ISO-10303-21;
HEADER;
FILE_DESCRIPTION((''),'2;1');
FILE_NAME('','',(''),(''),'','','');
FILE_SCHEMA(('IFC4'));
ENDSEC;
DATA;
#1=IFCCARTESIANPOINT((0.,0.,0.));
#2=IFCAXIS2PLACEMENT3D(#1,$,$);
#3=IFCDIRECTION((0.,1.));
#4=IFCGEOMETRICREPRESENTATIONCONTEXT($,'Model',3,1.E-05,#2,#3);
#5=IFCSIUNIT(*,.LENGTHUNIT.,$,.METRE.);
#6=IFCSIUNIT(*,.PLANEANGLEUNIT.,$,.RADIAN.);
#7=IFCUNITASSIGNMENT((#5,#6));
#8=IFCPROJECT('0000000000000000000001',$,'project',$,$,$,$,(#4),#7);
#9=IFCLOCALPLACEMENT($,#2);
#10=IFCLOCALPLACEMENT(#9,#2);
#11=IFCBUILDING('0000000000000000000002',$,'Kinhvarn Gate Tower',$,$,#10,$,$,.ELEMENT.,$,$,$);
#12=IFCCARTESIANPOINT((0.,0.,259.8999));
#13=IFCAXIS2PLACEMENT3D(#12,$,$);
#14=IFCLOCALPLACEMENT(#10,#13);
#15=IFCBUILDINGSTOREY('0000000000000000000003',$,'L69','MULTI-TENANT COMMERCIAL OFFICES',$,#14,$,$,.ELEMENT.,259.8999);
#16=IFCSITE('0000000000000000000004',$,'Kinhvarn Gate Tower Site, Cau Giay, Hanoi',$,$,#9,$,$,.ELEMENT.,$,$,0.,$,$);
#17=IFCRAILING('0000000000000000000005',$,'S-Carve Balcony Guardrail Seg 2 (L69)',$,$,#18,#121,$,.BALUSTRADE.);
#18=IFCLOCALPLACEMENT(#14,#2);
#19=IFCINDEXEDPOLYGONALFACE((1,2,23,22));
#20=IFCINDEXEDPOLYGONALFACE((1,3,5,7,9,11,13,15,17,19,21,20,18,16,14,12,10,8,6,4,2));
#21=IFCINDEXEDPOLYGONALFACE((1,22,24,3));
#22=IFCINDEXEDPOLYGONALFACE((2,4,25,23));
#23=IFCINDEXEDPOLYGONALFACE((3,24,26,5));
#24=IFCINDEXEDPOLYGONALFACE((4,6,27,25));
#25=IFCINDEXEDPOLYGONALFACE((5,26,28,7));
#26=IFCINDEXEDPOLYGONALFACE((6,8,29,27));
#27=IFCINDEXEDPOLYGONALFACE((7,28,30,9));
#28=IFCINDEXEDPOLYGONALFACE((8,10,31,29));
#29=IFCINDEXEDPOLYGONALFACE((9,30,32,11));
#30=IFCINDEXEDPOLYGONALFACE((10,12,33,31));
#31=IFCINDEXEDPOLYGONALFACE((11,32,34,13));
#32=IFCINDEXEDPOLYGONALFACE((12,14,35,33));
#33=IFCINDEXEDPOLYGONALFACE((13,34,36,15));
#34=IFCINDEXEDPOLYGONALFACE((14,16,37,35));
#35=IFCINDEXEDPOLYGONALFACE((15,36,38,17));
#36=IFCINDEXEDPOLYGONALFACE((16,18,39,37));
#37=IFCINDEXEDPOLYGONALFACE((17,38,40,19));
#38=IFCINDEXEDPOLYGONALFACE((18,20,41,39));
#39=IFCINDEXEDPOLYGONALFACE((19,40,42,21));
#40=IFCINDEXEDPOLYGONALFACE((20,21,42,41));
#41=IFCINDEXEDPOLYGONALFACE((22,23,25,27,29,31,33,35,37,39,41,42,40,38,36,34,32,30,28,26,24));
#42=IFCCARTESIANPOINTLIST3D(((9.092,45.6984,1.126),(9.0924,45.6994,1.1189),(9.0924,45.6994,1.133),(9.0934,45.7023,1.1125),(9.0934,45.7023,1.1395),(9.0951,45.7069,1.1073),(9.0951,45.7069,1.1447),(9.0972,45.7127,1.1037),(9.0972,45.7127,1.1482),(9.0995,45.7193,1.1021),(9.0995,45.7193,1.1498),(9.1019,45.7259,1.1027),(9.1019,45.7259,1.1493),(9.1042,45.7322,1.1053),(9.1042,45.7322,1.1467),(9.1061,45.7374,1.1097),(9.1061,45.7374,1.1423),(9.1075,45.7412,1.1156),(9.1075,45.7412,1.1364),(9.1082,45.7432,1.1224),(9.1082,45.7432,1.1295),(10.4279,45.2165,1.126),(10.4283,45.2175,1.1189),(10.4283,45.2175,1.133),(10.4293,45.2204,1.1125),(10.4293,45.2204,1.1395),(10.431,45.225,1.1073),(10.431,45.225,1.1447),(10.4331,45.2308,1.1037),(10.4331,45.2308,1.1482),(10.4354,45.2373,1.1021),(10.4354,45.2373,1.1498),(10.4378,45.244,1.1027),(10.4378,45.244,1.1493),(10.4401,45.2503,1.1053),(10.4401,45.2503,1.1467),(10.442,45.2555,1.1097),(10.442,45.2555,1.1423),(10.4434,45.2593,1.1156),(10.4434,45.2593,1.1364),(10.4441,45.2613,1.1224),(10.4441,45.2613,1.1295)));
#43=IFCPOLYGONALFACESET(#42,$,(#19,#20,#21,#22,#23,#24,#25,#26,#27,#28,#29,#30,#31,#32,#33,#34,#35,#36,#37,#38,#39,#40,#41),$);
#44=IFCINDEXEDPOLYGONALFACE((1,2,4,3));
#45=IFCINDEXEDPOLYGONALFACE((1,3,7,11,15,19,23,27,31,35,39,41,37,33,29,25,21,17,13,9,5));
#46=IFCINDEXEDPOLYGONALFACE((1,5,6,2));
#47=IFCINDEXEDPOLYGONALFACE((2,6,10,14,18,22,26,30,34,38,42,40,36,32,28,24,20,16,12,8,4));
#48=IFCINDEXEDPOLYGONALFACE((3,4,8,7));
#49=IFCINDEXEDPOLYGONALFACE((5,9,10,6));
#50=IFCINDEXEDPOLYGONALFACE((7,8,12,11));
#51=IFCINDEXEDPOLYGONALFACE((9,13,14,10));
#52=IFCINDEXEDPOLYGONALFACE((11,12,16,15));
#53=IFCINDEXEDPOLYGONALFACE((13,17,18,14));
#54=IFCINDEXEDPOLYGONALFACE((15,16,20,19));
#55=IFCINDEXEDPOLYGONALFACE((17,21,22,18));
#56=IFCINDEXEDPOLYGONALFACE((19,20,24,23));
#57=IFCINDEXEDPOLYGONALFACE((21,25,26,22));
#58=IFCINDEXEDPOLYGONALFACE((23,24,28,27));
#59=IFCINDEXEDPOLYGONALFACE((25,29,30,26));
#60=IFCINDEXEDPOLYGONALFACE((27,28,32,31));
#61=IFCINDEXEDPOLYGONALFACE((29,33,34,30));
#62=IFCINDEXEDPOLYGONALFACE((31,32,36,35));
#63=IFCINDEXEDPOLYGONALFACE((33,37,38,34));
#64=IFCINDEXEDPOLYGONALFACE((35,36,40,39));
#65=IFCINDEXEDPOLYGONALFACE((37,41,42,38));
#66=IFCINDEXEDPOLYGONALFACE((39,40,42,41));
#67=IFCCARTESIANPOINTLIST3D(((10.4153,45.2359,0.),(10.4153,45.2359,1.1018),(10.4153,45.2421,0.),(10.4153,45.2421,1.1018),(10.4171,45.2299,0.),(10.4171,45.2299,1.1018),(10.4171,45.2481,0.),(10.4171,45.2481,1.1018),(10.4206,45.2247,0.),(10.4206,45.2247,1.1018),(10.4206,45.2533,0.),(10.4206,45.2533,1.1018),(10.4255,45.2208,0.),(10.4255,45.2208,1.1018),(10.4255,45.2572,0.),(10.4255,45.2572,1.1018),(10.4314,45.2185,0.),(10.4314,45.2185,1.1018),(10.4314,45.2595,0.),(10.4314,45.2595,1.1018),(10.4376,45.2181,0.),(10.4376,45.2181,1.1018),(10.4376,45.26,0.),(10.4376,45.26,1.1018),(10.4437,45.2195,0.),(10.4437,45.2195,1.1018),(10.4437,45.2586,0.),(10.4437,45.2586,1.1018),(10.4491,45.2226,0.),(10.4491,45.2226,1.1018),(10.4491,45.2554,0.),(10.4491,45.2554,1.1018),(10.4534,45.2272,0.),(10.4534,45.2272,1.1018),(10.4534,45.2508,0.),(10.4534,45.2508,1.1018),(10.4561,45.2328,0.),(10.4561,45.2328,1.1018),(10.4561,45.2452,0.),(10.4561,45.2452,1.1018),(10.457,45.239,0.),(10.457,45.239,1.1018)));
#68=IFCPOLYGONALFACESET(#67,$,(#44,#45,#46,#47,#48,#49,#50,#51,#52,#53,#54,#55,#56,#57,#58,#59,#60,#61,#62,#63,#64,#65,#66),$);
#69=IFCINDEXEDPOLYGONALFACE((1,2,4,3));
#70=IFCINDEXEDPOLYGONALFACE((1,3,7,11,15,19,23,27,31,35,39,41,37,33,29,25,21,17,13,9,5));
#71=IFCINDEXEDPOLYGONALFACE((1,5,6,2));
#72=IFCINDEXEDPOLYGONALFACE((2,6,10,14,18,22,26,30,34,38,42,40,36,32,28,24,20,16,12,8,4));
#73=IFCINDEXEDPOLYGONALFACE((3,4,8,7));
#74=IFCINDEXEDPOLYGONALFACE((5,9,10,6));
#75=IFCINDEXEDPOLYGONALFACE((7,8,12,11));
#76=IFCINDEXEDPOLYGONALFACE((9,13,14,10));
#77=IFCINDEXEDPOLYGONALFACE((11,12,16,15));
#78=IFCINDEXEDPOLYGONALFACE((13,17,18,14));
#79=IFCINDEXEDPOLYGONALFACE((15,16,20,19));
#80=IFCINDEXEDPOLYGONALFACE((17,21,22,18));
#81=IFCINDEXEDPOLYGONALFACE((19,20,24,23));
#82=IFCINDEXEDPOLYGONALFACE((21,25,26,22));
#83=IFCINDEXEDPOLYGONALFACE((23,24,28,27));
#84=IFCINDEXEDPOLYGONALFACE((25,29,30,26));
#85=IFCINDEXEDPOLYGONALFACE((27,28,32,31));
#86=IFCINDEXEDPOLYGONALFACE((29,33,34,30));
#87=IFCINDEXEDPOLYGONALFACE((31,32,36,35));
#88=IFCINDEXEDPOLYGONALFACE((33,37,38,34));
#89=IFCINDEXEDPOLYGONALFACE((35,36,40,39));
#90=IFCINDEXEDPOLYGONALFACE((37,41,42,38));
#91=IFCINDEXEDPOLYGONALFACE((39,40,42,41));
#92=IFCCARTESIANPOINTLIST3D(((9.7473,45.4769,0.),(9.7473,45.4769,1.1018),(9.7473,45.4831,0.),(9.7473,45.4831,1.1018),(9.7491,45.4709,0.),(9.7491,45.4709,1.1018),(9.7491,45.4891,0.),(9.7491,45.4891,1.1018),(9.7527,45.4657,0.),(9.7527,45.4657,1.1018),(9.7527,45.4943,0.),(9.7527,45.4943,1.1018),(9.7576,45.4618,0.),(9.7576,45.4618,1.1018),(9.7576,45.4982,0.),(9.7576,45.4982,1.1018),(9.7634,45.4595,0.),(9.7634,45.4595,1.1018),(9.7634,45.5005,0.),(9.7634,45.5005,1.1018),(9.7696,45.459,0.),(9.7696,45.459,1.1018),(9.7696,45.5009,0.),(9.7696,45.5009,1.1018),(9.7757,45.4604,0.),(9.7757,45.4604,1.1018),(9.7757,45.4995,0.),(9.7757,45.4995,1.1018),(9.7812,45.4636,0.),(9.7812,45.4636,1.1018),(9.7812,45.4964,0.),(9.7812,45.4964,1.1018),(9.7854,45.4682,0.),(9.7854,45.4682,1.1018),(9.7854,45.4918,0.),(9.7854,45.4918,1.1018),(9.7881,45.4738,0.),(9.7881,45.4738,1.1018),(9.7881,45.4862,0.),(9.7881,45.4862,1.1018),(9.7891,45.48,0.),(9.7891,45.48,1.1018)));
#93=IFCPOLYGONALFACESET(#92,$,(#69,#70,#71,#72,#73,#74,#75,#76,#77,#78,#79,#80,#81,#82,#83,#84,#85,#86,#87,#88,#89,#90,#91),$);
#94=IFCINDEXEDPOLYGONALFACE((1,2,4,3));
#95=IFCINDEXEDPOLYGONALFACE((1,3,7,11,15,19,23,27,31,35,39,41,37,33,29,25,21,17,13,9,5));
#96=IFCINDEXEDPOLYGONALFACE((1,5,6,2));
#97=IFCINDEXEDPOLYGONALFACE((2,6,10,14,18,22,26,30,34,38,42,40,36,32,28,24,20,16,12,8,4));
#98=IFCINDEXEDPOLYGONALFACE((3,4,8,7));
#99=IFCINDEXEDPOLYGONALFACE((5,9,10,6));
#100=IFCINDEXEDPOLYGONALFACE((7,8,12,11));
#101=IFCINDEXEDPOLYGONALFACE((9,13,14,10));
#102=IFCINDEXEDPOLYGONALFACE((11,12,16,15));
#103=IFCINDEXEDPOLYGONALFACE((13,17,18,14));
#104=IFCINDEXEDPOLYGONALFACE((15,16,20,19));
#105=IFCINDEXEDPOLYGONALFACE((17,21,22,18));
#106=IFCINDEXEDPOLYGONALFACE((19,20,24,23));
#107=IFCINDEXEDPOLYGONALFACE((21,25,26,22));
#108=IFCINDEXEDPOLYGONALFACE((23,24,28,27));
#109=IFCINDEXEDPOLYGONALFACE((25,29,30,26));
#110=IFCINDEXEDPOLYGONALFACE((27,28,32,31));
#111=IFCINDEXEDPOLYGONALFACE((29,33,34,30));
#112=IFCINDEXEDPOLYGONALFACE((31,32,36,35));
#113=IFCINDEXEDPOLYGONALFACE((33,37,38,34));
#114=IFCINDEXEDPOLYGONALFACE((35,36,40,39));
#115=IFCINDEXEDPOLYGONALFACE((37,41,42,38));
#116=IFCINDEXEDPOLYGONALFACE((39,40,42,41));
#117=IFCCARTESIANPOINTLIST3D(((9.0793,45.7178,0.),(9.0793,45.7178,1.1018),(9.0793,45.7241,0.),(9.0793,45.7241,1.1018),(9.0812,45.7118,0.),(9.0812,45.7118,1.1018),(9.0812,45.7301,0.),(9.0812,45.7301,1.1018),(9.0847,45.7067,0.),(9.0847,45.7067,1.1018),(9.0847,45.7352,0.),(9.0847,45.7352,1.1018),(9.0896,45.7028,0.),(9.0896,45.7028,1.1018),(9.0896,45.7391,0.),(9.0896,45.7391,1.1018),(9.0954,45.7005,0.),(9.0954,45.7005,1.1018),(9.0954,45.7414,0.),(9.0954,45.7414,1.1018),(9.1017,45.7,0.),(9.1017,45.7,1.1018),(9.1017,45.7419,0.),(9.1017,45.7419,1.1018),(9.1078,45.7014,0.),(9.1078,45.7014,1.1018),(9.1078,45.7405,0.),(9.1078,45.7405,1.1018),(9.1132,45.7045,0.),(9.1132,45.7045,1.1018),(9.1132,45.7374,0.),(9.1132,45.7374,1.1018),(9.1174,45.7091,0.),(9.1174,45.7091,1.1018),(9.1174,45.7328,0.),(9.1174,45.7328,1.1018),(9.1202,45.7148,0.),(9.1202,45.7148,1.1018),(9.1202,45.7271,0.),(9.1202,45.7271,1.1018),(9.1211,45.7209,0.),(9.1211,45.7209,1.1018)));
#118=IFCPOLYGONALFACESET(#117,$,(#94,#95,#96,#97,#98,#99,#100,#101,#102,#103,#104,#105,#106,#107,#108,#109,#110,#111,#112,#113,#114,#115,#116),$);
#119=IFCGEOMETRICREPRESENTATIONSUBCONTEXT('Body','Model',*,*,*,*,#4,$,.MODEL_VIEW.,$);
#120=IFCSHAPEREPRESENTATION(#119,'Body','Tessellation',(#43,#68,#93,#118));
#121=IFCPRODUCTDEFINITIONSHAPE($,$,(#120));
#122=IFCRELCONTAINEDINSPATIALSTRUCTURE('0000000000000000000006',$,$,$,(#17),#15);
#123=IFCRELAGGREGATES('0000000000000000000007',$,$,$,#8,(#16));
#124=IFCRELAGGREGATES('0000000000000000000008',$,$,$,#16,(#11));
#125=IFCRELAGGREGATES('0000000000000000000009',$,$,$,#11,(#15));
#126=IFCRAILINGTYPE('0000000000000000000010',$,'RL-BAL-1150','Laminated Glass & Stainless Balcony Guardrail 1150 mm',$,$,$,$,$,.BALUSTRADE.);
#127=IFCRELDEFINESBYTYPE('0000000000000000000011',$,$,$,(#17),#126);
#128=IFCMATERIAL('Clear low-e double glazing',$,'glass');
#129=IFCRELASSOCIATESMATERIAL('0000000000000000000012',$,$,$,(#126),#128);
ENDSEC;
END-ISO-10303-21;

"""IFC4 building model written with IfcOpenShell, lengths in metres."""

from ifc_helpers import new_model, si_unit, direction, frame, origin, origin_2d, place, context, subcontext, project, spatial, circle, extrude, material, type_object, element, save


model = new_model("IFC4")

# Units and contexts
model_context = context("Model", 3, precision=1e-05, world=origin(), true_north=direction((0.0, 1.0)))
body_context = subcontext(model_context, "Body", "Model", "MODEL_VIEW")
ifc_project = project(units=[si_unit("LENGTHUNIT", "METRE"), si_unit("PLANEANGLEUNIT", "RADIAN")], contexts=[model_context])

# Site, building, storey
site_placement = place(None, origin())
site = spatial("IfcSite", under=ifc_project, at=site_placement, Name="Kinhvarn Gate Tower Site, Cau Giay, Hanoi", CompositionType="ELEMENT", RefElevation=0.0)
building_placement = place(site_placement, origin())
building = spatial("IfcBuilding", under=site, at=building_placement, Name="Kinhvarn Gate Tower", CompositionType="ELEMENT")
storey_placement = place(building_placement, frame((0.0, 0.0, 259.8999)))
storey = spatial("IfcBuildingStorey", under=building, at=storey_placement, Name="L69", Description="MULTI-TENANT COMMERCIAL OFFICES", CompositionType="ELEMENT", Elevation=259.8999)

# Shared definitions
ifc_material_1 = material(Name="Clear low-e double glazing", Category="glass")

# Railing
railing_type = type_object("IfcRailingType", Name="RL-BAL-1150", Description="Laminated Glass & Stainless Balcony Guardrail 1150 mm", PredefinedType="BALUSTRADE", material=ifc_material_1)
railing_1_placement = place(storey_placement, frame((10.436, 45.239, 0.0)))
element("IfcRailing", 1, at=railing_1_placement, inside=storey, type_object=railing_type, Name="S-Carve Balcony Guardrail Seg 2 (L69)", PredefinedType="BALUSTRADE", context=body_context, shape_type="SweptSolid", body=[
    extrude(circle(Radius=0.0239, at=origin_2d()), frame((0.0, 0.0, 1.126), z_axis=(-0.940664, 0.33934, 0.0), x_axis=(-0.33934, -0.940664, 0.0)), (0.0, 0.0, 1.0), 1.4202),
    extrude(circle(Radius=0.021, at=origin_2d()), origin(), (0.0, 0.0, 1.0), 1.1018),
    extrude(circle(Radius=0.021, at=origin_2d()), frame((-0.668, 0.241, 0.0)), (0.0, 0.0, 1.0), 1.1018),
    extrude(circle(Radius=0.021, at=origin_2d()), frame((-1.3359, 0.4819, 0.0)), (0.0, 0.0, 1.0), 1.1018),
])

save(model, "model.ifc")
